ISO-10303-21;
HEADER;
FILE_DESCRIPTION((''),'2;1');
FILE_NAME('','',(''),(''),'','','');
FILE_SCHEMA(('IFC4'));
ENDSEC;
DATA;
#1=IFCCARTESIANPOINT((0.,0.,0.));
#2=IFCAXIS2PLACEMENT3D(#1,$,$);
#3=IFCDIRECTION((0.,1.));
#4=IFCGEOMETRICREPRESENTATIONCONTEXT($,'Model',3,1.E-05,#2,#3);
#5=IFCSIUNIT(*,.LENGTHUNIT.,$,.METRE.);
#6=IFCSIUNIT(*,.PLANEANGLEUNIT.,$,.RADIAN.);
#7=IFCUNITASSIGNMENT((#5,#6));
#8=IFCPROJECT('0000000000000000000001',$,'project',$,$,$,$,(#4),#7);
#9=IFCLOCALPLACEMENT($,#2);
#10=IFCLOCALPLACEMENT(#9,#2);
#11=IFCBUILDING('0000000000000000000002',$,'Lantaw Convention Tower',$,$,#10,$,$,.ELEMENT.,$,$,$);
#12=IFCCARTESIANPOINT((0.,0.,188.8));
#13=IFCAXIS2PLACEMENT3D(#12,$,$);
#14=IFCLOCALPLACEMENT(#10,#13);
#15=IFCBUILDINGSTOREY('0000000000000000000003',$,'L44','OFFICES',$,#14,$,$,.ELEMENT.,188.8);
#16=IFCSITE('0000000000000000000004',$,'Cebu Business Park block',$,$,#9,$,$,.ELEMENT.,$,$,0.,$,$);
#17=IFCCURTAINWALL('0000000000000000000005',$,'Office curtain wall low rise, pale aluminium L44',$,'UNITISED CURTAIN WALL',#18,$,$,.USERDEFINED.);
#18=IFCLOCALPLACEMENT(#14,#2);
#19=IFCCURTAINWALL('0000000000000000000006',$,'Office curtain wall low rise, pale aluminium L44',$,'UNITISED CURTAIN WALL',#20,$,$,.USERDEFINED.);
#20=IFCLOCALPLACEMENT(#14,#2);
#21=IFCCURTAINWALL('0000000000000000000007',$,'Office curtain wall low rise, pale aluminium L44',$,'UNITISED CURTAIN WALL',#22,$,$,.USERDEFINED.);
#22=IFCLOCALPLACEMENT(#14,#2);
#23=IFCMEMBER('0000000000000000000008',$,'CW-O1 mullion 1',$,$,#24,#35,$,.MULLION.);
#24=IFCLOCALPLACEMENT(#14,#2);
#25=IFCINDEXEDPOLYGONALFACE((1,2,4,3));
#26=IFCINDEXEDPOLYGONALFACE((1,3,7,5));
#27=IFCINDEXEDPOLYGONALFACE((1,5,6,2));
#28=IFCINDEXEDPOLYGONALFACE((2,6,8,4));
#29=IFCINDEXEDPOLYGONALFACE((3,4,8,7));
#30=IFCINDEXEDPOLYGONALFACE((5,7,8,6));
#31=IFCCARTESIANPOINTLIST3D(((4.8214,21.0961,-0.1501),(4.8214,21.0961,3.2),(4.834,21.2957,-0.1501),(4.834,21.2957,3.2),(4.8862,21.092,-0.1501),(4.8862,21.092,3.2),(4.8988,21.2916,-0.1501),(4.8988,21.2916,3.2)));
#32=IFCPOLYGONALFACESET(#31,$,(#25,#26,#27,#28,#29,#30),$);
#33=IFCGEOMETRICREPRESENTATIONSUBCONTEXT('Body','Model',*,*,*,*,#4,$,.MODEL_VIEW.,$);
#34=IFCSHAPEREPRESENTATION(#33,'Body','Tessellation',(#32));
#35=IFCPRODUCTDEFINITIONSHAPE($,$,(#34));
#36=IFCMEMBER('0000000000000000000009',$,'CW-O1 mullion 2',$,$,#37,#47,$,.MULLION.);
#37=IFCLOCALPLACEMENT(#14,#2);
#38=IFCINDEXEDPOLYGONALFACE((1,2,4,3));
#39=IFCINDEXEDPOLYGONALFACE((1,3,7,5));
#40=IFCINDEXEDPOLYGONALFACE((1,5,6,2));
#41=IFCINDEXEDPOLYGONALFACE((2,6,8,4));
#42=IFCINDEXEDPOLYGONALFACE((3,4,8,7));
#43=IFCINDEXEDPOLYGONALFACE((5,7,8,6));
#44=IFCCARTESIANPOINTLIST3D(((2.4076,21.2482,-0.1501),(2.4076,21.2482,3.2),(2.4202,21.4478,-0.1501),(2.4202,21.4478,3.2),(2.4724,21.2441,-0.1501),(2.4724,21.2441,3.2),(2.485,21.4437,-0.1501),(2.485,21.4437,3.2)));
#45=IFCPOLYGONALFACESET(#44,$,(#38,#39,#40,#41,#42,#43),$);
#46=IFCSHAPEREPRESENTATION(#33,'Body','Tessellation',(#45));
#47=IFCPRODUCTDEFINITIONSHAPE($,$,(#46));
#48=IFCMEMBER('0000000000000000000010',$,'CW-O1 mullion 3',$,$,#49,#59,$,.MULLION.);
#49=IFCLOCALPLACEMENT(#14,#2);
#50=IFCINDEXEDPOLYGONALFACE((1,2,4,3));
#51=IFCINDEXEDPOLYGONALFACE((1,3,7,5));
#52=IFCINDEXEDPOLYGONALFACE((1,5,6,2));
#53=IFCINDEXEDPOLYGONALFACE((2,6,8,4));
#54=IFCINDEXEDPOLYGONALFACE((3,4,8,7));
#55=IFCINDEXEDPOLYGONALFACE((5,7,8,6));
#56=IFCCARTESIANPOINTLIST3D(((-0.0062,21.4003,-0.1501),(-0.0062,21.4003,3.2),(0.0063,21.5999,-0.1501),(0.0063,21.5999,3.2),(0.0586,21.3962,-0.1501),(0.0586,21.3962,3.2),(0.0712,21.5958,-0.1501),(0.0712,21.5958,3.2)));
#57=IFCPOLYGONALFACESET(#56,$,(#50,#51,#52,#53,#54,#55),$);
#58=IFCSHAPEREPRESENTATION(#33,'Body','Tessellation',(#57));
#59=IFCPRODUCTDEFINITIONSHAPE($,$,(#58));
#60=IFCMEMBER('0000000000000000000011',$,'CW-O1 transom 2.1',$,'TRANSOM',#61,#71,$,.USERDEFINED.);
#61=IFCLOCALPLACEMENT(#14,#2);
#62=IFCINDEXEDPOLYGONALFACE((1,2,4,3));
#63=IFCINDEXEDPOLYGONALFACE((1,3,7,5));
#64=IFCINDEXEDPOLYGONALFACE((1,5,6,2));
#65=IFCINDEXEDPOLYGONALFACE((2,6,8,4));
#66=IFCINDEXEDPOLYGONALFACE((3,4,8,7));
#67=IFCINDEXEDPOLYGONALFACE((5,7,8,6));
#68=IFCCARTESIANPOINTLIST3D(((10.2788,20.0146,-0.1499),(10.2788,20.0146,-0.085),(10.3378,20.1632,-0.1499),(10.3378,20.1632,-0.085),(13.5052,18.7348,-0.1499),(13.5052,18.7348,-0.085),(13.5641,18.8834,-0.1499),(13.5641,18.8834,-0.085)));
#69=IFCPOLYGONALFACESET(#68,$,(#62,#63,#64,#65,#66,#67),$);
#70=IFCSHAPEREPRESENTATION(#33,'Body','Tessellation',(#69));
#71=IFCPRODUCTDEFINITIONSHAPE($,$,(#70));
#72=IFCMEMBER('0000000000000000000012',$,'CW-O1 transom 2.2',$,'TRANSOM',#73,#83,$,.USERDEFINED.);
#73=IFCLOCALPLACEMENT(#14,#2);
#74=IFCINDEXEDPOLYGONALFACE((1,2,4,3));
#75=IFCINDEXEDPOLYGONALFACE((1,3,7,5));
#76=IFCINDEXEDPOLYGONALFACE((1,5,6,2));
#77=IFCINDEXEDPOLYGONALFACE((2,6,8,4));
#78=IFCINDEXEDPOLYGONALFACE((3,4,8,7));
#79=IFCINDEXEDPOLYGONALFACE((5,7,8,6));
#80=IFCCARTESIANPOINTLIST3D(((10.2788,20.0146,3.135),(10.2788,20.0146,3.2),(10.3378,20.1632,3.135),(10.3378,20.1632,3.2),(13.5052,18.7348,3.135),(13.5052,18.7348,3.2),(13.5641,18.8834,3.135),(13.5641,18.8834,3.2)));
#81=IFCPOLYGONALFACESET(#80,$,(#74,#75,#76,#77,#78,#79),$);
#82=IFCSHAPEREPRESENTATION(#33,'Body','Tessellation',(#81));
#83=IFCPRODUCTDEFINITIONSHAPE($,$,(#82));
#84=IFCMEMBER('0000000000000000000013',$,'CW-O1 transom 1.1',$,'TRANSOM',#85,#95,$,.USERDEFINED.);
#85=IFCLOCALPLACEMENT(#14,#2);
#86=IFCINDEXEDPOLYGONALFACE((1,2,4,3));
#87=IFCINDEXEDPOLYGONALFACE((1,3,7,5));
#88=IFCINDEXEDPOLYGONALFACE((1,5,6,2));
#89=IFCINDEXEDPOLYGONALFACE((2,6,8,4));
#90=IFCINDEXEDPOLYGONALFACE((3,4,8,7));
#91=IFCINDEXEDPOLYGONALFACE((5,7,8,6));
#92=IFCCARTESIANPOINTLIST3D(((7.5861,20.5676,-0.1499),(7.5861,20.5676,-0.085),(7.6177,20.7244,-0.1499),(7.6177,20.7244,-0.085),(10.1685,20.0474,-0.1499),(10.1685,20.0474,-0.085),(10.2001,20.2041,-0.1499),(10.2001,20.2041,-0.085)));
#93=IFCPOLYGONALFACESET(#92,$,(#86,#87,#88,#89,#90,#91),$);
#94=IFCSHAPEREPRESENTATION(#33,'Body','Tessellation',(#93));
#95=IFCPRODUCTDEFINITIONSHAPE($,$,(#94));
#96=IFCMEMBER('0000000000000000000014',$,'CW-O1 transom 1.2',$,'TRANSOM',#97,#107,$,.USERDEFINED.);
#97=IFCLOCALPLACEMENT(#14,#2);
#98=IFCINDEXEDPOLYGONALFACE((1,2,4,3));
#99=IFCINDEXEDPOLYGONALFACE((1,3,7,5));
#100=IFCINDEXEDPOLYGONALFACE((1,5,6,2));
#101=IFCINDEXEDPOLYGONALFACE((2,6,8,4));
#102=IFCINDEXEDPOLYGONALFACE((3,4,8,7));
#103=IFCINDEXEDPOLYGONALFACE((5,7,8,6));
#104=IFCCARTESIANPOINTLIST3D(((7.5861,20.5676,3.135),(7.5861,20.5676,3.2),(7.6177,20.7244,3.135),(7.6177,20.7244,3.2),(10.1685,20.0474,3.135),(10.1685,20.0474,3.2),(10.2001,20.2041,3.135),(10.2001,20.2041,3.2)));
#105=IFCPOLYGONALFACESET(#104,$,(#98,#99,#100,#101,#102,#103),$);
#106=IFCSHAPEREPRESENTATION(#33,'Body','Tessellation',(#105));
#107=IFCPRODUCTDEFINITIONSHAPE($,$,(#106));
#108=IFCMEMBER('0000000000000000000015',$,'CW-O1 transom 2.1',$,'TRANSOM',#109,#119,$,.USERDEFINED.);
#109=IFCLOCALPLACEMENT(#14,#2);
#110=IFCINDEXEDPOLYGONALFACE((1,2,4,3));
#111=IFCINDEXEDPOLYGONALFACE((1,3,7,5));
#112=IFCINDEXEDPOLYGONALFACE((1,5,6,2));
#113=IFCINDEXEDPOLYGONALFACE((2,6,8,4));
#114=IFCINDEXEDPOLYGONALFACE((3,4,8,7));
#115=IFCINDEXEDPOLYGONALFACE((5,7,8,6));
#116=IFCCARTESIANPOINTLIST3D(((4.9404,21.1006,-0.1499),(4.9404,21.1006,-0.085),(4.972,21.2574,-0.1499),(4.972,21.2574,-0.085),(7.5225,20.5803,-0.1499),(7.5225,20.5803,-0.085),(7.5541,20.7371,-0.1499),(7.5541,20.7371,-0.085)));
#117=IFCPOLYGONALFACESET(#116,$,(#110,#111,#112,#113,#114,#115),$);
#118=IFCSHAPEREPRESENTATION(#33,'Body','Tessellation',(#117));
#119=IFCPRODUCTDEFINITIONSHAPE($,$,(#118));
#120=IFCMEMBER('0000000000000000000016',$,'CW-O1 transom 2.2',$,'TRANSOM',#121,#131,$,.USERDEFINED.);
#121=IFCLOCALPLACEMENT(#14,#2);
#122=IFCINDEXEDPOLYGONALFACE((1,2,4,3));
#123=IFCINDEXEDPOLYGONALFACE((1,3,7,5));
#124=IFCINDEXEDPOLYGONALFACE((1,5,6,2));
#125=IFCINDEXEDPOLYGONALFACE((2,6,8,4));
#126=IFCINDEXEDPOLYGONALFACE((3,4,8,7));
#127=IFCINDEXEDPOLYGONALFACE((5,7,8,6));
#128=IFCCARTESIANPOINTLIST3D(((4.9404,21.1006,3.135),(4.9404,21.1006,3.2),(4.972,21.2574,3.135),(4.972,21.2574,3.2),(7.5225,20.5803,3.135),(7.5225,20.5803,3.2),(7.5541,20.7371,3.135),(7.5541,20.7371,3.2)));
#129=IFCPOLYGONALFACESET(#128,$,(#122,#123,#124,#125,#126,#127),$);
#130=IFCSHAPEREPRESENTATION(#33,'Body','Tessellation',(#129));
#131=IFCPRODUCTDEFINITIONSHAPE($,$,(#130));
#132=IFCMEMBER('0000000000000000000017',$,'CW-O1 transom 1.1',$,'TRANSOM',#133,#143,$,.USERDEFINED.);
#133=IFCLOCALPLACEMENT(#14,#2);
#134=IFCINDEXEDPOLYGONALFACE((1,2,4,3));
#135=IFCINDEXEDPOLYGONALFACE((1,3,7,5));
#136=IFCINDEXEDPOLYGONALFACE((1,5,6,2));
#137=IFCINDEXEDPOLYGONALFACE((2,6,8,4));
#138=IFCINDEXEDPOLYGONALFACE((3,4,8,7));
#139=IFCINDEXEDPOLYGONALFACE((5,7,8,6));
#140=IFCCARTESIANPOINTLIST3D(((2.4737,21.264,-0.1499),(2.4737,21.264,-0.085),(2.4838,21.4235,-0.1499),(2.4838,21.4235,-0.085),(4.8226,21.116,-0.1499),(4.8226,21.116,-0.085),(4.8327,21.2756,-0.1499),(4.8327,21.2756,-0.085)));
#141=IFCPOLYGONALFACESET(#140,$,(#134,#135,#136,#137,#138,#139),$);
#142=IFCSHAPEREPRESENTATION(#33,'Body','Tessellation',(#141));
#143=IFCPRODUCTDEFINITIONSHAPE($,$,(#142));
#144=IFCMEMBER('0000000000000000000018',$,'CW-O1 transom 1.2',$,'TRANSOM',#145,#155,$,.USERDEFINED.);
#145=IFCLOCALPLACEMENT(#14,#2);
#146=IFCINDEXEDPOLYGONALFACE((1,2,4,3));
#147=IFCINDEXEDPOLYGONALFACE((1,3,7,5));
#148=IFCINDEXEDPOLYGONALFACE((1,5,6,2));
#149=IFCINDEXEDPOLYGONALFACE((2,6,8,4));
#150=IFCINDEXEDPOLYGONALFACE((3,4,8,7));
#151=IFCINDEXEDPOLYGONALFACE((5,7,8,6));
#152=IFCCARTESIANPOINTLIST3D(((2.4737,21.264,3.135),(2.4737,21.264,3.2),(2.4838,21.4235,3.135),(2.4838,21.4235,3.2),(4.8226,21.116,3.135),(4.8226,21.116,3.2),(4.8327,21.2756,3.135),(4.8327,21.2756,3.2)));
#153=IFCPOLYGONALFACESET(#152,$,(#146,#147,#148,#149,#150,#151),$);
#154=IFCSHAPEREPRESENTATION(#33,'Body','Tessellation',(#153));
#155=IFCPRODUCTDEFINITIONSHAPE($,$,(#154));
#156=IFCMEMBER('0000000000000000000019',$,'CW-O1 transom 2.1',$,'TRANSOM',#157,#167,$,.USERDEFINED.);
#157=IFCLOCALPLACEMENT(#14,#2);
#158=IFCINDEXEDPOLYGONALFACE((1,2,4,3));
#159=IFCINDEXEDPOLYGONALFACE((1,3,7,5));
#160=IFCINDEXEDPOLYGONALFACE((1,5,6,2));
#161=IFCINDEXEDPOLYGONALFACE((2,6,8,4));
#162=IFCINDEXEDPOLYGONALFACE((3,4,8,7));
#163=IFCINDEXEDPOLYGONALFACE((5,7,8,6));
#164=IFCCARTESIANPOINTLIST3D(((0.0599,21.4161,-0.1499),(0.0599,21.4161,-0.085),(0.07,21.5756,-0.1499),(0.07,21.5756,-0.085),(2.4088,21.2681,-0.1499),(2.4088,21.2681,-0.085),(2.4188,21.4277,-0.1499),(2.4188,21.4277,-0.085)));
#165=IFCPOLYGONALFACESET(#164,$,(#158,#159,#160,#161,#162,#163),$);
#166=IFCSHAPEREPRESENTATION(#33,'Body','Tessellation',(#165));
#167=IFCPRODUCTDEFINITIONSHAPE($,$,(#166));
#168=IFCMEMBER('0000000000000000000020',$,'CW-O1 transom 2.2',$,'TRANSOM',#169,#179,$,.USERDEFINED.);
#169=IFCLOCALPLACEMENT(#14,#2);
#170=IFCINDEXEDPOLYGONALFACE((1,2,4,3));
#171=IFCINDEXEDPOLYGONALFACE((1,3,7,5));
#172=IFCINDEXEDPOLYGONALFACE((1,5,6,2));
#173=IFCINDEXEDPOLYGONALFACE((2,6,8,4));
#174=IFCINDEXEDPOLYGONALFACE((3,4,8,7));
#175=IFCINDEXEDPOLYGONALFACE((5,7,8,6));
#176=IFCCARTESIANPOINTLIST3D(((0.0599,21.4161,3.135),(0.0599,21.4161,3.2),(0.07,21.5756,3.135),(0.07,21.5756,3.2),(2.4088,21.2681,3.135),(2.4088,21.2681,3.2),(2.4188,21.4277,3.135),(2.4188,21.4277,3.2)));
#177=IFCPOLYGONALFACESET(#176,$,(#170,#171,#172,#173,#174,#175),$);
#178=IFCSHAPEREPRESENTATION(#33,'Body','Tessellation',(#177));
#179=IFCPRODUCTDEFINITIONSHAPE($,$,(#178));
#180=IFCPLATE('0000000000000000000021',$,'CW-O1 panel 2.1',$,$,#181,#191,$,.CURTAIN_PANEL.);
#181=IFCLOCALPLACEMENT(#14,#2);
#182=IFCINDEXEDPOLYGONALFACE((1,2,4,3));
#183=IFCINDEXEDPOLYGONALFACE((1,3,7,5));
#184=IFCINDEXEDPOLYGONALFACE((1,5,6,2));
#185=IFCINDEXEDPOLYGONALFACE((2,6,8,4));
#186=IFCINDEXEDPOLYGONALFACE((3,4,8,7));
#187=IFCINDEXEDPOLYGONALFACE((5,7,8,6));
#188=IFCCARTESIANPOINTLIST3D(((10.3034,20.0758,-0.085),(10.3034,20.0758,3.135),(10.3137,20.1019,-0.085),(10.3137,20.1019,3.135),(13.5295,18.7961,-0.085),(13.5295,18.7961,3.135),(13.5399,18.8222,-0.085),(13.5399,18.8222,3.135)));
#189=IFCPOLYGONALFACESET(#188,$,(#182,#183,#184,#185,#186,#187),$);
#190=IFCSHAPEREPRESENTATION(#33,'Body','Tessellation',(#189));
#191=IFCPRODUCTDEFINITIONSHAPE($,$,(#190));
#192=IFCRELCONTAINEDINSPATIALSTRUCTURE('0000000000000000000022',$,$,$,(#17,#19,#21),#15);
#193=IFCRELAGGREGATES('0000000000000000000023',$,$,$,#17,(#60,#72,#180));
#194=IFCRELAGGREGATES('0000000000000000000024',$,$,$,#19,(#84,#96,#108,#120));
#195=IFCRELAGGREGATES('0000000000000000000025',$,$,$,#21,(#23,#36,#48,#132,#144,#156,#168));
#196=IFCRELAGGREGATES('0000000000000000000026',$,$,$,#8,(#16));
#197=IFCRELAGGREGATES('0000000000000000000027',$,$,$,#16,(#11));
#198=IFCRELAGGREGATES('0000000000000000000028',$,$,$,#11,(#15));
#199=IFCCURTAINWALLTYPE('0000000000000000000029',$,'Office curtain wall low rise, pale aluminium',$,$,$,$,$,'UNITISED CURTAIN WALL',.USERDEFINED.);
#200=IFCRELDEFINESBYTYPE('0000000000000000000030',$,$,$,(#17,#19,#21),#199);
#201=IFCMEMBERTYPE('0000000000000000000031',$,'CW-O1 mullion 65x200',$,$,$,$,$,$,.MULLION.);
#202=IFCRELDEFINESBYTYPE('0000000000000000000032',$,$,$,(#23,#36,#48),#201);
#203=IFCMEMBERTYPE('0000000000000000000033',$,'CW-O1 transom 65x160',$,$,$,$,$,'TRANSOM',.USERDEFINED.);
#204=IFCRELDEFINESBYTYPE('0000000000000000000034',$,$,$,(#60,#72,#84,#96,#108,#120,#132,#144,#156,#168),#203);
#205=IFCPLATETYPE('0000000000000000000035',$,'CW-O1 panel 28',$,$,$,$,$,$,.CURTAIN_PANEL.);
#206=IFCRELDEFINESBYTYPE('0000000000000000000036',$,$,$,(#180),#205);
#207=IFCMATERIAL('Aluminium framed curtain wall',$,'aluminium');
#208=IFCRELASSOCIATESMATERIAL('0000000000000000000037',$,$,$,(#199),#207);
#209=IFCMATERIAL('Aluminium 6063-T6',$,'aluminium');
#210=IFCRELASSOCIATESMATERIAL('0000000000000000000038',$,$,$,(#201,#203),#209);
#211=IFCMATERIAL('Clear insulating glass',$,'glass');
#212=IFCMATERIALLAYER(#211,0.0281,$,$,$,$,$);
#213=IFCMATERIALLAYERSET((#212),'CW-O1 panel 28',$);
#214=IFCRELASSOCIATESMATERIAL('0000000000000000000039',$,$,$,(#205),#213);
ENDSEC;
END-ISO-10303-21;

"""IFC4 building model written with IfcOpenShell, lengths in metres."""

from ifc_helpers import new_model, si_unit, direction, frame, origin, origin_2d, place, context, subcontext, project, spatial, rectangle, extrude, material, layer, layer_set, material_profile, profile_set, type_object, element, aggregate, save


model = new_model("IFC4")

# Units and contexts
model_context = context("Model", 3, precision=1e-05, world=origin(), true_north=direction((0.0, 1.0)))
body_context = subcontext(model_context, "Body", "Model", "MODEL_VIEW")
ifc_project = project(units=[si_unit("LENGTHUNIT", "METRE"), si_unit("PLANEANGLEUNIT", "RADIAN")], contexts=[model_context])

# Site, building, storey
site_placement = place(None, origin())
site = spatial("IfcSite", under=ifc_project, at=site_placement, Name="Cebu Business Park block", CompositionType="ELEMENT", RefElevation=0.0)
building_placement = place(site_placement, origin())
building = spatial("IfcBuilding", under=site, at=building_placement, Name="Lantaw Convention Tower", CompositionType="ELEMENT")
storey_placement = place(building_placement, frame((0.0, 0.0, 188.8)))
storey = spatial("IfcBuildingStorey", under=building, at=storey_placement, Name="L44", Description="OFFICES", CompositionType="ELEMENT", Elevation=188.8)

# Curtain wall
ifc_material_1 = material(Name="Aluminium framed curtain wall", Category="aluminium")
curtain_wall_type = type_object("IfcCurtainWallType", Name="Office curtain wall low rise, pale aluminium", ElementType="UNITISED CURTAIN WALL", PredefinedType="USERDEFINED", material=ifc_material_1)
curtain_wall_1_placement = place(storey_placement, origin())
curtain_wall_1 = element("IfcCurtainWall", 1, at=curtain_wall_1_placement, inside=storey, type_object=curtain_wall_type, Name="Office curtain wall low rise, pale aluminium L44", ObjectType="UNITISED CURTAIN WALL", PredefinedType="USERDEFINED")
ifc_material_2 = material(Name="Aluminium 6063-T6", Category="aluminium")
ifc_material_profile_1 = material_profile(ifc_material_2, rectangle(XDim=0.2, YDim=0.0649, at=origin_2d()), Name="CW-O1 mullion 65x200")
ifc_profile_set_1 = profile_set([ifc_material_profile_1], Name="Aluminium 6063-T6")
member_type_1 = type_object("IfcMemberType", Name="CW-O1 mullion 65x200", PredefinedType="MULLION", material=ifc_profile_set_1)

# Curtain walls, members
curtain_wall_2_placement = place(storey_placement, origin())
curtain_wall_2 = element("IfcCurtainWall", 2, at=curtain_wall_2_placement, inside=storey, type_object=curtain_wall_type, Name="Office curtain wall low rise, pale aluminium L44", ObjectType="UNITISED CURTAIN WALL", PredefinedType="USERDEFINED")
curtain_wall_3_placement = place(storey_placement, origin())
curtain_wall_3 = element("IfcCurtainWall", 3, at=curtain_wall_3_placement, inside=storey, type_object=curtain_wall_type, Name="Office curtain wall low rise, pale aluminium L44", ObjectType="UNITISED CURTAIN WALL", PredefinedType="USERDEFINED")
member_1_placement = place(storey_placement, frame((4.8601, 21.1938, -0.1501), z_axis=(0.0, 0.0, 1.0), x_axis=(-0.062865, -0.998022, 0.0)))
member_1 = element("IfcMember", 4, at=member_1_placement, type_object=member_type_1, Name="CW-O1 mullion 1", PredefinedType="MULLION", context=body_context, shape_type="SweptSolid", body=[
    extrude(rectangle(XDim=0.2, YDim=0.0649, at=origin_2d()), origin(), (0.0, 0.0, 1.0), 3.3501),
])
member_2_placement = place(storey_placement, frame((2.4463, 21.3459, -0.1501), z_axis=(0.0, 0.0, 1.0), x_axis=(-0.062865, -0.998022, 0.0)))
member_2 = element("IfcMember", 5, at=member_2_placement, type_object=member_type_1, Name="CW-O1 mullion 2", PredefinedType="MULLION", context=body_context, shape_type="SweptSolid", body=[
    extrude(rectangle(XDim=0.2, YDim=0.0649, at=origin_2d()), origin(), (0.0, 0.0, 1.0), 3.3501),
])
member_3_placement = place(storey_placement, frame((0.0325, 21.498, -0.1501), z_axis=(0.0, 0.0, 1.0), x_axis=(-0.062865, -0.998022, 0.0)))
member_3 = element("IfcMember", 6, at=member_3_placement, type_object=member_type_1, Name="CW-O1 mullion 3", PredefinedType="MULLION", context=body_context, shape_type="SweptSolid", body=[
    extrude(rectangle(XDim=0.2, YDim=0.0649, at=origin_2d()), origin(), (0.0, 0.0, 1.0), 3.3501),
])

# Members
ifc_material_profile_2 = material_profile(ifc_material_2, rectangle(XDim=0.1599, YDim=0.0649, at=origin_2d()), Name="CW-O1 transom 65x160")
ifc_profile_set_2 = profile_set([ifc_material_profile_2], Name="Aluminium 6063-T6")
member_type_2 = type_object("IfcMemberType", Name="CW-O1 transom 65x160", ElementType="TRANSOM", PredefinedType="USERDEFINED", material=ifc_profile_set_2)
member_4_placement = place(storey_placement, frame((13.5347, 18.8091, -0.1174), z_axis=(-0.92954, 0.368721, 0.0), x_axis=(-0.368721, -0.92954, 0.0)))
member_4 = element("IfcMember", 7, at=member_4_placement, type_object=member_type_2, Name="CW-O1 transom 2.1", ObjectType="TRANSOM", PredefinedType="USERDEFINED", context=body_context, shape_type="SweptSolid", body=[
    extrude(rectangle(XDim=0.1599, YDim=0.0649, at=origin_2d()), origin(), (0.0, 0.0, 1.0), 3.4709),
])
member_5_placement = place(storey_placement, frame((13.5347, 18.8091, 3.1675), z_axis=(-0.92954, 0.368721, 0.0), x_axis=(-0.368721, -0.92954, 0.0)))
member_5 = element("IfcMember", 8, at=member_5_placement, type_object=member_type_2, Name="CW-O1 transom 2.2", ObjectType="TRANSOM", PredefinedType="USERDEFINED", context=body_context, shape_type="SweptSolid", body=[
    extrude(rectangle(XDim=0.1599, YDim=0.0649, at=origin_2d()), origin(), (0.0, 0.0, 1.0), 3.4709),
])
member_6_placement = place(storey_placement, frame((10.1843, 20.1257, -0.1174), z_axis=(-0.980302, 0.197506, 0.0), x_axis=(-0.197506, -0.980302, 0.0)))
member_6 = element("IfcMember", 9, at=member_6_placement, type_object=member_type_2, Name="CW-O1 transom 1.1", ObjectType="TRANSOM", PredefinedType="USERDEFINED", context=body_context, shape_type="SweptSolid", body=[
    extrude(rectangle(XDim=0.1599, YDim=0.0649, at=origin_2d()), origin(), (0.0, 0.0, 1.0), 2.6343),
])
member_7_placement = place(storey_placement, frame((10.1843, 20.1257, 3.1675), z_axis=(-0.980302, 0.197506, 0.0), x_axis=(-0.197506, -0.980302, 0.0)))
member_7 = element("IfcMember", 10, at=member_7_placement, type_object=member_type_2, Name="CW-O1 transom 1.2", ObjectType="TRANSOM", PredefinedType="USERDEFINED", context=body_context, shape_type="SweptSolid", body=[
    extrude(rectangle(XDim=0.1599, YDim=0.0649, at=origin_2d()), origin(), (0.0, 0.0, 1.0), 2.6343),
])
member_8_placement = place(storey_placement, frame((7.5383, 20.6587, -0.1174), z_axis=(-0.980298, 0.197524, 0.0), x_axis=(-0.197524, -0.980298, 0.0)))
member_8 = element("IfcMember", 11, at=member_8_placement, type_object=member_type_2, Name="CW-O1 transom 2.1", ObjectType="TRANSOM", PredefinedType="USERDEFINED", context=body_context, shape_type="SweptSolid", body=[
    extrude(rectangle(XDim=0.1599, YDim=0.0649, at=origin_2d()), origin(), (0.0, 0.0, 1.0), 2.634),
])
member_9_placement = place(storey_placement, frame((7.5383, 20.6587, 3.1675), z_axis=(-0.980298, 0.197524, 0.0), x_axis=(-0.197524, -0.980298, 0.0)))
member_9 = element("IfcMember", 12, at=member_9_placement, type_object=member_type_2, Name="CW-O1 transom 2.2", ObjectType="TRANSOM", PredefinedType="USERDEFINED", context=body_context, shape_type="SweptSolid", body=[
    extrude(rectangle(XDim=0.1599, YDim=0.0649, at=origin_2d()), origin(), (0.0, 0.0, 1.0), 2.634),
])
member_10_placement = place(storey_placement, frame((4.8276, 21.1958, -0.1174), z_axis=(-0.998022, 0.062863, 0.0), x_axis=(-0.062863, -0.998022, 0.0)))
member_10 = element("IfcMember", 13, at=member_10_placement, type_object=member_type_2, Name="CW-O1 transom 1.1", ObjectType="TRANSOM", PredefinedType="USERDEFINED", context=body_context, shape_type="SweptSolid", body=[
    extrude(rectangle(XDim=0.1599, YDim=0.0649, at=origin_2d()), origin(), (0.0, 0.0, 1.0), 2.3535),
])
member_11_placement = place(storey_placement, frame((4.8276, 21.1958, 3.1675), z_axis=(-0.998022, 0.062863, 0.0), x_axis=(-0.062863, -0.998022, 0.0)))
member_11 = element("IfcMember", 14, at=member_11_placement, type_object=member_type_2, Name="CW-O1 transom 1.2", ObjectType="TRANSOM", PredefinedType="USERDEFINED", context=body_context, shape_type="SweptSolid", body=[
    extrude(rectangle(XDim=0.1599, YDim=0.0649, at=origin_2d()), origin(), (0.0, 0.0, 1.0), 2.3535),
])
member_12_placement = place(storey_placement, frame((2.4138, 21.3479, -0.1174), z_axis=(-0.998022, 0.062863, 0.0), x_axis=(-0.062863, -0.998022, 0.0)))
member_12 = element("IfcMember", 15, at=member_12_placement, type_object=member_type_2, Name="CW-O1 transom 2.1", ObjectType="TRANSOM", PredefinedType="USERDEFINED", context=body_context, shape_type="SweptSolid", body=[
    extrude(rectangle(XDim=0.1599, YDim=0.0649, at=origin_2d()), origin(), (0.0, 0.0, 1.0), 2.3535),
])
member_13_placement = place(storey_placement, frame((2.4138, 21.3479, 3.1675), z_axis=(-0.998022, 0.062863, 0.0), x_axis=(-0.062863, -0.998022, 0.0)))
member_13 = element("IfcMember", 16, at=member_13_placement, type_object=member_type_2, Name="CW-O1 transom 2.2", ObjectType="TRANSOM", PredefinedType="USERDEFINED", context=body_context, shape_type="SweptSolid", body=[
    extrude(rectangle(XDim=0.1599, YDim=0.0649, at=origin_2d()), origin(), (0.0, 0.0, 1.0), 2.3535),
])

# Plate
ifc_material_3 = material(Name="Clear insulating glass", Category="glass")
ifc_layer_1 = layer(ifc_material_3, 0.0281)
ifc_layer_set_1 = layer_set([ifc_layer_1], Name="CW-O1 panel 28")
plate_type_1 = type_object("IfcPlateType", Name="CW-O1 panel 28", PredefinedType="CURTAIN_PANEL", material=ifc_layer_set_1)
plate_1_placement = place(storey_placement, frame((11.9216, 19.449, -0.085), z_axis=(0.0, 0.0, 1.0), x_axis=(-0.929548, 0.368702, 0.0)))
plate_1 = element("IfcPlate", 17, at=plate_1_placement, type_object=plate_type_1, Name="CW-O1 panel 2.1", PredefinedType="CURTAIN_PANEL", context=body_context, shape_type="SweptSolid", body=[
    extrude(rectangle(XDim=3.4707, YDim=0.0281, at=origin_2d()), origin(), (0.0, 0.0, 1.0), 3.22),
])
aggregate(curtain_wall_1, [member_4, member_5, plate_1])
aggregate(curtain_wall_2, [member_6, member_7, member_8, member_9])
aggregate(curtain_wall_3, [member_1, member_2, member_3, member_10, member_11, member_12, member_13])

save(model, "model.ifc")
